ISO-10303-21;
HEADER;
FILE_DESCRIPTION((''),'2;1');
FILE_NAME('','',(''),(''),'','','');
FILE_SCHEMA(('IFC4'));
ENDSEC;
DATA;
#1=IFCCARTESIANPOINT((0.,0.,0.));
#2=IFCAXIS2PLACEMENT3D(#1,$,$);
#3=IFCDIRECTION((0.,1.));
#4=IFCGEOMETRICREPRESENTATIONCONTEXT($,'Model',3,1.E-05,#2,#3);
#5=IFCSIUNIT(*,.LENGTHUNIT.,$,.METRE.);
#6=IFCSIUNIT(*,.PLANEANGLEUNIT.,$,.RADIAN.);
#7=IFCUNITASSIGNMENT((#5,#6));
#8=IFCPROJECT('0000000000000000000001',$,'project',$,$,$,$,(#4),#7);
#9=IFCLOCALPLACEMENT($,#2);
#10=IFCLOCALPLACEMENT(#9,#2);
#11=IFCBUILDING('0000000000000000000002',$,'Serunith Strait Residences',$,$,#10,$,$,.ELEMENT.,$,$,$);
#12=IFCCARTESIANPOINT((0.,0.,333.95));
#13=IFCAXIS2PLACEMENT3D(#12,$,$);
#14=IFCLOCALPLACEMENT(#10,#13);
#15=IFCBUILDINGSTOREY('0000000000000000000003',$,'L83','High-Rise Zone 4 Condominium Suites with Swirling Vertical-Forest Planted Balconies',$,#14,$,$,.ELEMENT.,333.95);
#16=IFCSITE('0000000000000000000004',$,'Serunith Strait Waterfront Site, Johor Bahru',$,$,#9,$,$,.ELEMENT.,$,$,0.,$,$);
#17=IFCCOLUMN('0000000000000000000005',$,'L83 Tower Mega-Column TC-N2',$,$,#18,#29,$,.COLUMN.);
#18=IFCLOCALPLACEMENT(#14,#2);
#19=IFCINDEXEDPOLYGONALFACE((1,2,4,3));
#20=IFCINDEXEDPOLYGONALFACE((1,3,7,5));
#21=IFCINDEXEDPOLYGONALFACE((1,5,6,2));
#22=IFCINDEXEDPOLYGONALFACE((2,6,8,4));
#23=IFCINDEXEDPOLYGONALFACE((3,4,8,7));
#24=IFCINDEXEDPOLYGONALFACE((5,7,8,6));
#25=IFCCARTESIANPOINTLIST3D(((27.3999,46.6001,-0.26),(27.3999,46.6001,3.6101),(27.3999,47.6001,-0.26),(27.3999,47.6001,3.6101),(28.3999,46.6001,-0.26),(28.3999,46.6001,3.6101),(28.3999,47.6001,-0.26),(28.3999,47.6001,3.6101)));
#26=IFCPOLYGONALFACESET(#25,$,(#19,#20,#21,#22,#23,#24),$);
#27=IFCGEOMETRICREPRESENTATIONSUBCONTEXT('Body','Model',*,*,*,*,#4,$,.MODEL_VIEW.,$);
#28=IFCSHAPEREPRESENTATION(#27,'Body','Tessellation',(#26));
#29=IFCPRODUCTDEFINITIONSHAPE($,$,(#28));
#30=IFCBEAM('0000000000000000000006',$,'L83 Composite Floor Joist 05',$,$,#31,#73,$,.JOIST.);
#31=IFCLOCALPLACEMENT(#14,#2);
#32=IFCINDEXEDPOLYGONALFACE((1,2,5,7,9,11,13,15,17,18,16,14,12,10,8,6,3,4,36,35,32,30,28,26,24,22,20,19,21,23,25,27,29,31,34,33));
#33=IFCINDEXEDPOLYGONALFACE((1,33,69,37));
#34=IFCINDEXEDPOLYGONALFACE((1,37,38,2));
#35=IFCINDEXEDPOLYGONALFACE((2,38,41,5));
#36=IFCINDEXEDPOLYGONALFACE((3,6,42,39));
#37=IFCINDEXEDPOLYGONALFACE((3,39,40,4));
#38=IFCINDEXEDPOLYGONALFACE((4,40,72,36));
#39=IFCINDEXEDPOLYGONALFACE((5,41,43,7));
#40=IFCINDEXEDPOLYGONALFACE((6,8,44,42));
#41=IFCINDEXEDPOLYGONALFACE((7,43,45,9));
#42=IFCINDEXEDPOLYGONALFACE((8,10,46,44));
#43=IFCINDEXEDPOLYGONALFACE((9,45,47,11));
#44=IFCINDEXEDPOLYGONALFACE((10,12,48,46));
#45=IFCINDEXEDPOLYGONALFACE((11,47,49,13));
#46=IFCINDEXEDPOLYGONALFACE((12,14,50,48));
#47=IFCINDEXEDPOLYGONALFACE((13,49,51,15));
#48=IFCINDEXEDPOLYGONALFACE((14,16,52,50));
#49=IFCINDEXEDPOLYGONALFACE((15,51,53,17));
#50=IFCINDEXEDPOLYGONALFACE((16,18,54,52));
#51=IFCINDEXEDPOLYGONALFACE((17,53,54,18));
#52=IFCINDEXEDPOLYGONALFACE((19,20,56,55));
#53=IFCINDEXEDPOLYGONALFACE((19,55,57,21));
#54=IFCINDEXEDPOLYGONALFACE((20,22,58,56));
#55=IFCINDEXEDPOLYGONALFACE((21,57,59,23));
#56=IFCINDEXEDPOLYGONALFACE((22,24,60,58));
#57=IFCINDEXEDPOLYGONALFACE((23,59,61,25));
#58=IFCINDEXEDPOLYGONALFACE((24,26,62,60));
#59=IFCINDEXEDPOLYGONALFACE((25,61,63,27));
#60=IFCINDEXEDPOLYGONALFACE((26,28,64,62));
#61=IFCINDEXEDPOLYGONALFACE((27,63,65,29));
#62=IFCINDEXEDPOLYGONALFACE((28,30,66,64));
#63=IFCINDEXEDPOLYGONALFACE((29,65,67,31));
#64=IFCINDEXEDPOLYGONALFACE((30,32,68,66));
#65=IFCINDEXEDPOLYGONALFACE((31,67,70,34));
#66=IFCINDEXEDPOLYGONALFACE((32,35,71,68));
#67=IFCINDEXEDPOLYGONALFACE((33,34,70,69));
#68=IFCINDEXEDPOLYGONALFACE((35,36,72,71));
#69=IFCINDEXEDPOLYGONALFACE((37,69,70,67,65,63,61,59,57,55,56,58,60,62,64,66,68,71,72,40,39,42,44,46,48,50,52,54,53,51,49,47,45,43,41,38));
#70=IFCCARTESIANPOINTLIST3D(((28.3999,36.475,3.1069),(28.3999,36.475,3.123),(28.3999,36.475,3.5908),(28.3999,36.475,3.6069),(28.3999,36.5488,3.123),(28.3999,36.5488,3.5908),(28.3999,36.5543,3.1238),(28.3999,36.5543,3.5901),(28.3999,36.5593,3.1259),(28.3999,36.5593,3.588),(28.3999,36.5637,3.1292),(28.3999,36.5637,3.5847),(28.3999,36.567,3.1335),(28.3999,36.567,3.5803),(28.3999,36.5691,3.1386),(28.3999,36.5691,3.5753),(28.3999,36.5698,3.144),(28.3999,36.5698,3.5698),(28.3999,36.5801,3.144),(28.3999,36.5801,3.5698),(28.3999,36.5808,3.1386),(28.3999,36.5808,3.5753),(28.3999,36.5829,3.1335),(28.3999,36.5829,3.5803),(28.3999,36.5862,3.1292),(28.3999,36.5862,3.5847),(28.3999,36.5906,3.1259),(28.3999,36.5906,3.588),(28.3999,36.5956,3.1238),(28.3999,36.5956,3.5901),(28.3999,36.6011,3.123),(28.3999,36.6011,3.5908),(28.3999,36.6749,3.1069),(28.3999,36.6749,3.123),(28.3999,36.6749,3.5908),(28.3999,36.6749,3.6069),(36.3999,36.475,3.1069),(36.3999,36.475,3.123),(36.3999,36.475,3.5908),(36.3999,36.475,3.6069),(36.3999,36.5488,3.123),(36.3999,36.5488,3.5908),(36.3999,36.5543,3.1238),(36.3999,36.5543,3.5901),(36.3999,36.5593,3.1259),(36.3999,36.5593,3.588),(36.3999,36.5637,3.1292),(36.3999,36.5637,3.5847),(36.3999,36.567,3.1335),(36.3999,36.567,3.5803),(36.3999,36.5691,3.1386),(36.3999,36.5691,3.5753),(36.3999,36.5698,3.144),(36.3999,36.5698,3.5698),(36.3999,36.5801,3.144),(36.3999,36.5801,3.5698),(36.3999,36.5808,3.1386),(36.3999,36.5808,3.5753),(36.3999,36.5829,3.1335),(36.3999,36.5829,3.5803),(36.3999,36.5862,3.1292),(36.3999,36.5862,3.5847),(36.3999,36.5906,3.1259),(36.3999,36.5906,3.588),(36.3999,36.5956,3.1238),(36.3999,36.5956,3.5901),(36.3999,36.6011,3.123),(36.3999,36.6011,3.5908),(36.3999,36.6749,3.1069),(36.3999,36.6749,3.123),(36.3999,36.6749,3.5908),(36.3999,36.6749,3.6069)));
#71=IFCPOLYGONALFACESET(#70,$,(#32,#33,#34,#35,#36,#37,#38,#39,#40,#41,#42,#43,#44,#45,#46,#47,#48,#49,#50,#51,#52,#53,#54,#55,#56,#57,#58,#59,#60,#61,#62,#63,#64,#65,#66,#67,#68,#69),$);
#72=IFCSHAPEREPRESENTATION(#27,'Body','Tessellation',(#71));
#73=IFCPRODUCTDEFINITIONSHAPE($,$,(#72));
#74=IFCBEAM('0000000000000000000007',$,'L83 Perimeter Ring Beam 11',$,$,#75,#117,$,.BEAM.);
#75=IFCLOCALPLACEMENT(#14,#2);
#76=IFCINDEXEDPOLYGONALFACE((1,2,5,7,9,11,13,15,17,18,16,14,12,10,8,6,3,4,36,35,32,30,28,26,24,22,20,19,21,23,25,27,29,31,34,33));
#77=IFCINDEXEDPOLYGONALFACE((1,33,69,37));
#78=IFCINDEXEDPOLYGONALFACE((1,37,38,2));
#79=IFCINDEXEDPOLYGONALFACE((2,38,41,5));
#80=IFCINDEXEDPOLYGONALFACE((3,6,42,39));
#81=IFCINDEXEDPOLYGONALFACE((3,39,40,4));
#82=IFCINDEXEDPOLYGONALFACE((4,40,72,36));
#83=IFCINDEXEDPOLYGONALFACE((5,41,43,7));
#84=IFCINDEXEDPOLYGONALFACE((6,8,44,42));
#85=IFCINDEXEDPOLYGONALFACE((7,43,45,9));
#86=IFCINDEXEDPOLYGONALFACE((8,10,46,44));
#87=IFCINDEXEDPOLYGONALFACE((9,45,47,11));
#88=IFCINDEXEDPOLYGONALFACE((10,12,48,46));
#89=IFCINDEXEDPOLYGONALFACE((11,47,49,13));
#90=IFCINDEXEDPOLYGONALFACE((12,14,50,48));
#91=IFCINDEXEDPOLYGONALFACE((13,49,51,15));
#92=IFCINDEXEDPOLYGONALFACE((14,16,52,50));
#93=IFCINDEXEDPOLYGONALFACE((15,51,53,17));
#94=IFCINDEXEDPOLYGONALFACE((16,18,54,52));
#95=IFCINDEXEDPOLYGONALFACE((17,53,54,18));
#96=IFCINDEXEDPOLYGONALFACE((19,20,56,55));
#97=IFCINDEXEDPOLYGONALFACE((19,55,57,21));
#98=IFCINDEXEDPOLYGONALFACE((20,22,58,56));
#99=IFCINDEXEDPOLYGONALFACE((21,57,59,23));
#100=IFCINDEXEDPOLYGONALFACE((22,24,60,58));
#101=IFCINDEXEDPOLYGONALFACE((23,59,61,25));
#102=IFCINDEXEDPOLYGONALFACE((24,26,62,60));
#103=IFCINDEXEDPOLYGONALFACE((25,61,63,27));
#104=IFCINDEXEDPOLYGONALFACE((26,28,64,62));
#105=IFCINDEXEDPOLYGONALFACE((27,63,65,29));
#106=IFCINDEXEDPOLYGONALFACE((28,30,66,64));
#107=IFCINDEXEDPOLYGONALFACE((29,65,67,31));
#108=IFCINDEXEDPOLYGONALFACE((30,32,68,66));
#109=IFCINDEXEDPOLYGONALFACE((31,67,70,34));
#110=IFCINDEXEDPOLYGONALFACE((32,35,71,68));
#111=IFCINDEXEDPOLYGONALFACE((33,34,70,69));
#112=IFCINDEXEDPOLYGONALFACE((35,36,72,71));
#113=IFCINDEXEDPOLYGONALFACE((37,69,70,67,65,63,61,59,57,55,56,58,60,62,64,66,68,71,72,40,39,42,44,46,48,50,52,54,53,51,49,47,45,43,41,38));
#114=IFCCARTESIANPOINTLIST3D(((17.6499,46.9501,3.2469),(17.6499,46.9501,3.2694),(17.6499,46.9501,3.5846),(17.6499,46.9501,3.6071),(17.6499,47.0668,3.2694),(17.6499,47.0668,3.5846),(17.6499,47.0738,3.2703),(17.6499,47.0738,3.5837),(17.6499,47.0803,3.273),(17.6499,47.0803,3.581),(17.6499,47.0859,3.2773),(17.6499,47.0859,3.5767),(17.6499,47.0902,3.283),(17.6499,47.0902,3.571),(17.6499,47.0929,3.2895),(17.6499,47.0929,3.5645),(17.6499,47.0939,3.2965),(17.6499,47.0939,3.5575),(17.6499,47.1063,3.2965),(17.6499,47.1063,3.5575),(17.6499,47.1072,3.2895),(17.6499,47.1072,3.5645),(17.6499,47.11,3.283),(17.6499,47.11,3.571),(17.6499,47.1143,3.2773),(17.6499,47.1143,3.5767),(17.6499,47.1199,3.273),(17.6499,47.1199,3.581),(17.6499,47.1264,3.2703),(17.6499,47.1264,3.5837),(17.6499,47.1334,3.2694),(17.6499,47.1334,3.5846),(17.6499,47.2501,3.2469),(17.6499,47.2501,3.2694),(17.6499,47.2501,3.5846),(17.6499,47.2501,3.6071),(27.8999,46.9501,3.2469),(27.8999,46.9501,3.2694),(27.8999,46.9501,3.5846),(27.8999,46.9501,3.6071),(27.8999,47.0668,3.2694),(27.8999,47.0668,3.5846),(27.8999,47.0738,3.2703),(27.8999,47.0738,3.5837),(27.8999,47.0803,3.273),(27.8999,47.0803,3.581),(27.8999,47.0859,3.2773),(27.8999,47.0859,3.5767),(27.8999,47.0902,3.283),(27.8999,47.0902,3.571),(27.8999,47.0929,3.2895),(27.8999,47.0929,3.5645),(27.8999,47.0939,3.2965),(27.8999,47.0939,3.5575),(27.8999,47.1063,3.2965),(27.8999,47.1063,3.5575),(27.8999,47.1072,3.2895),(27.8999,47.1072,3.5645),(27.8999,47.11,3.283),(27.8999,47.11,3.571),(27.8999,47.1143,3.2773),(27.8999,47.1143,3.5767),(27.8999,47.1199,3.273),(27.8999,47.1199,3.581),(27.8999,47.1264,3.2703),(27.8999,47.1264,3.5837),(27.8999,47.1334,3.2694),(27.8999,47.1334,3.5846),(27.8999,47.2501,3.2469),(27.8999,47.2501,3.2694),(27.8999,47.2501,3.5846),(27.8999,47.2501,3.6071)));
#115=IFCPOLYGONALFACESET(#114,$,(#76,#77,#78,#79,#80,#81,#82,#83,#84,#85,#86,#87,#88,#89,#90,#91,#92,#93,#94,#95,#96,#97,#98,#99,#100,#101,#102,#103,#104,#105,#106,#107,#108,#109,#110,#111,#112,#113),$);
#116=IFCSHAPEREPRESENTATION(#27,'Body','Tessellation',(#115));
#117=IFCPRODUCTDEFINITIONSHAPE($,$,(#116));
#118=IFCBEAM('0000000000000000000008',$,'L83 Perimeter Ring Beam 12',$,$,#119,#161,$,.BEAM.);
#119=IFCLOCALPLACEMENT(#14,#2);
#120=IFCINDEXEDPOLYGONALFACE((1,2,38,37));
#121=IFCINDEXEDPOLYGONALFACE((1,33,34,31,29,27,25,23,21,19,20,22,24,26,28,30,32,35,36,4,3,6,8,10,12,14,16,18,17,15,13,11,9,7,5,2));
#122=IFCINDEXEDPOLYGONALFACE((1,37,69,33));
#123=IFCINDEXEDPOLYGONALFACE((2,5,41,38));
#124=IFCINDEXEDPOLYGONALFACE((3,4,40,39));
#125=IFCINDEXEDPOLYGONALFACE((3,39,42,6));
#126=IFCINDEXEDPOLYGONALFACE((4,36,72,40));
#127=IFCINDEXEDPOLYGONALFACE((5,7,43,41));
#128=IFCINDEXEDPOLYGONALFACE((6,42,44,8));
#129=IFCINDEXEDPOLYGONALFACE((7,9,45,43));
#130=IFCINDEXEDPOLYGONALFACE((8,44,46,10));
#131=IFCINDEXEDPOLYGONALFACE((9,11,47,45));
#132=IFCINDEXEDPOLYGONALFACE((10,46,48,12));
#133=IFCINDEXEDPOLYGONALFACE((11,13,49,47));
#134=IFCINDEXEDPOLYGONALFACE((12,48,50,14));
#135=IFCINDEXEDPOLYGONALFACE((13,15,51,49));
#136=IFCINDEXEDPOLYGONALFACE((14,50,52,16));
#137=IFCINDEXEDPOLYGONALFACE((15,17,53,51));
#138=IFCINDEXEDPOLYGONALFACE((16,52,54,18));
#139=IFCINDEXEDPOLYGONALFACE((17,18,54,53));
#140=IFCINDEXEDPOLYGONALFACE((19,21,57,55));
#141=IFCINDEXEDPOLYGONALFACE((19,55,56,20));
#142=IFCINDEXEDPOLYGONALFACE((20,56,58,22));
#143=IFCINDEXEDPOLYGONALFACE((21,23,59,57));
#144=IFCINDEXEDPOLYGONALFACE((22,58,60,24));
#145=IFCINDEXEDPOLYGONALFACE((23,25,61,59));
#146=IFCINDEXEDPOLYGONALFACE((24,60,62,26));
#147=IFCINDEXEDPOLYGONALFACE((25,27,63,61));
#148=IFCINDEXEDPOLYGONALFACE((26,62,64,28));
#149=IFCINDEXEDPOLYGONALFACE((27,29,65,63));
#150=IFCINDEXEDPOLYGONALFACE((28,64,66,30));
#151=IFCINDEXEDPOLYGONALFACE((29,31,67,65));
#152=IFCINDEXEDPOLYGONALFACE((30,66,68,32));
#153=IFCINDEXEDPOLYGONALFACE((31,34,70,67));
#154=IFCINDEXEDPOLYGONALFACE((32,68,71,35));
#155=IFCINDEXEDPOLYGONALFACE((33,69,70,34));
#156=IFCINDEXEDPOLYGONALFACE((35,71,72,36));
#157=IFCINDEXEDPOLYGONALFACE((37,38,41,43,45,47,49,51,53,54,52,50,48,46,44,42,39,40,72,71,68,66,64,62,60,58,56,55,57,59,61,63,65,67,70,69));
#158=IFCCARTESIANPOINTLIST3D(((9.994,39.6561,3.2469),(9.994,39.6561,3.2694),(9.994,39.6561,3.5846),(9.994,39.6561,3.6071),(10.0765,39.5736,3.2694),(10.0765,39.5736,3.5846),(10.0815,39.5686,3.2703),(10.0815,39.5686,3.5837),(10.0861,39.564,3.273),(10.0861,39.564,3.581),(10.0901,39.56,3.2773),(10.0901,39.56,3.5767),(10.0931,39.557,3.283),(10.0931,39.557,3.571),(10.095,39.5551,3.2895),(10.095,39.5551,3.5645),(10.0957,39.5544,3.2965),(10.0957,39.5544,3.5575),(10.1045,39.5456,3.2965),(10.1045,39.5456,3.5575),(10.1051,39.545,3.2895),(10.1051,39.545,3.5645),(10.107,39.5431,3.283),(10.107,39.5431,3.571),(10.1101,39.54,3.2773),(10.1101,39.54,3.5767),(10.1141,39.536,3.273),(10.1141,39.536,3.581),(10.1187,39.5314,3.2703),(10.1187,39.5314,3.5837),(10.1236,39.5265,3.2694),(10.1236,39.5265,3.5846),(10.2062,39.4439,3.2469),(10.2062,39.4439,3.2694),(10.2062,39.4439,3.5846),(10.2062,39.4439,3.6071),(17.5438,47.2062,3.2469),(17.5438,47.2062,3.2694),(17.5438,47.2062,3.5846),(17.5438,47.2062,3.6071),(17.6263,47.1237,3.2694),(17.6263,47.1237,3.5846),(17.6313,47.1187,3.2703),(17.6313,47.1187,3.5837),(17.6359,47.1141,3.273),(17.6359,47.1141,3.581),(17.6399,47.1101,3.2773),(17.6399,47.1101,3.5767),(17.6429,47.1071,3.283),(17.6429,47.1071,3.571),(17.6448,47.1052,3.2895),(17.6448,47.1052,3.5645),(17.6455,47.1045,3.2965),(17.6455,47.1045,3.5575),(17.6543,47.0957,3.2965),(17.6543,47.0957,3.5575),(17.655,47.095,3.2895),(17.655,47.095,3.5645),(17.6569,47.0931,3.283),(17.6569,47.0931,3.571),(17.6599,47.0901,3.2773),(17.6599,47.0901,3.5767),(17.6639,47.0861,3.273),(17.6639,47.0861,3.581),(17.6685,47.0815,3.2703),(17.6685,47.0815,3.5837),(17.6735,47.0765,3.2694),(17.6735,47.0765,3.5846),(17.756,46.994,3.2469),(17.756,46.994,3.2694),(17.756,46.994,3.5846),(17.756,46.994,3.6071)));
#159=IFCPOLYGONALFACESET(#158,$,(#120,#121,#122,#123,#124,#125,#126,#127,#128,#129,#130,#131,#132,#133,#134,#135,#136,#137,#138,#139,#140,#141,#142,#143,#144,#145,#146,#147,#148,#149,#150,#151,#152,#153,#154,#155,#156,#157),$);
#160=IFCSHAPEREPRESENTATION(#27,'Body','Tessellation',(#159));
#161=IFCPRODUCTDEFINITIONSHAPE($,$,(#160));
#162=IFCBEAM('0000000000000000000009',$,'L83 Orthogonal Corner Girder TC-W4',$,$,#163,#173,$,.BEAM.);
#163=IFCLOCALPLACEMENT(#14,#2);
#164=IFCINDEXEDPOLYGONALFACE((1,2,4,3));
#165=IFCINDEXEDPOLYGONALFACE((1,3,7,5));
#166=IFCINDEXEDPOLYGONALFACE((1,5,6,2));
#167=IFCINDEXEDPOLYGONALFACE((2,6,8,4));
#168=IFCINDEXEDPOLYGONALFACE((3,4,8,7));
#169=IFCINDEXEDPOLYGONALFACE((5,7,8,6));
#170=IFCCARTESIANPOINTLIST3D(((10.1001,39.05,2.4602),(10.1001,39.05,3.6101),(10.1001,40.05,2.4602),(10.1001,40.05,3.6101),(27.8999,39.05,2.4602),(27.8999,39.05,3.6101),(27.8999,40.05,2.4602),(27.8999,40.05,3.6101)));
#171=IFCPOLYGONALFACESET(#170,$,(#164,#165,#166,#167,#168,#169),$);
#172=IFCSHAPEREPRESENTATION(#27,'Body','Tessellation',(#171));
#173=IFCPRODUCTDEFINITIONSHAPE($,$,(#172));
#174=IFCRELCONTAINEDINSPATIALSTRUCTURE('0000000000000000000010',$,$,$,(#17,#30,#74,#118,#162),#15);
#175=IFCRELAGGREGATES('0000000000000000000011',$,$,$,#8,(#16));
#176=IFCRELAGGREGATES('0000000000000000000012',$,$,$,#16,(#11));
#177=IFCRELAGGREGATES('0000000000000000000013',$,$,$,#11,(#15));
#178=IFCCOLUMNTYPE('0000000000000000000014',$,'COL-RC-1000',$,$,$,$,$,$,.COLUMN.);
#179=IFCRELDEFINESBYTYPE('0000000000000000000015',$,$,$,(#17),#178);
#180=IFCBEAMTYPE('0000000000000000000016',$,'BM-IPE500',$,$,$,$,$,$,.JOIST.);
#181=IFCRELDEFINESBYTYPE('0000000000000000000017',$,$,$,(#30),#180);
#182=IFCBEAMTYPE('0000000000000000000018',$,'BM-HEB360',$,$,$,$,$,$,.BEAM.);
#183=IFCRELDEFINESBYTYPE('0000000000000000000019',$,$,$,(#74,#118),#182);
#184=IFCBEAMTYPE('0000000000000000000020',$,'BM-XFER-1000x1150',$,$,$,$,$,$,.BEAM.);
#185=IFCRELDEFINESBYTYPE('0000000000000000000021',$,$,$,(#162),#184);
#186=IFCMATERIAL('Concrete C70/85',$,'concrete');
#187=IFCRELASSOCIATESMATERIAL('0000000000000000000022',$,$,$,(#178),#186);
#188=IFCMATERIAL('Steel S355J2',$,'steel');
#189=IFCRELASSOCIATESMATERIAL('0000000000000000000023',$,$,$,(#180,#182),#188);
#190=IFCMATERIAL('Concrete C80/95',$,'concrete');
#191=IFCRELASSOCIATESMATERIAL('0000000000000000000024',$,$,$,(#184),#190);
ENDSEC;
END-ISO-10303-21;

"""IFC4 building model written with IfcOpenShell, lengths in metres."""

from ifc_helpers import new_model, si_unit, direction, frame, origin, origin_2d, place, context, subcontext, project, spatial, rectangle, i_section, extrude, source, transform, mapped, material, material_profile, profile_set, type_object, element, save


model = new_model("IFC4")

# Units and contexts
model_context = context("Model", 3, precision=1e-05, world=origin(), true_north=direction((0.0, 1.0)))
body_context = subcontext(model_context, "Body", "Model", "MODEL_VIEW")
ifc_project = project(units=[si_unit("LENGTHUNIT", "METRE"), si_unit("PLANEANGLEUNIT", "RADIAN")], contexts=[model_context])

# Site, building, storey
site_placement = place(None, origin())
site = spatial("IfcSite", under=ifc_project, at=site_placement, Name="Serunith Strait Waterfront Site, Johor Bahru", CompositionType="ELEMENT", RefElevation=0.0)
building_placement = place(site_placement, origin())
building = spatial("IfcBuilding", under=site, at=building_placement, Name="Serunith Strait Residences", CompositionType="ELEMENT")
storey_placement = place(building_placement, frame((0.0, 0.0, 333.95)))
storey = spatial("IfcBuildingStorey", under=building, at=storey_placement, Name="L83", Description="High-Rise Zone 4 Condominium Suites with Swirling Vertical-Forest Planted Balconies", CompositionType="ELEMENT", Elevation=333.95)

# Column
ifc_material_1 = material(Name="Concrete C70/85", Category="concrete")
ifc_material_profile_1 = material_profile(ifc_material_1, rectangle(XDim=1.0, YDim=1.0, at=origin_2d()), Name="RC 1000x1000")
ifc_profile_set_1 = profile_set([ifc_material_profile_1], Name="Concrete C70/85")
column_type = type_object("IfcColumnType", Name="COL-RC-1000", PredefinedType="COLUMN", material=ifc_profile_set_1)
shared_shape_1 = source(origin(), body_context, "Body", "SweptSolid", [
    extrude(rectangle(XDim=1.0, YDim=1.0, at=origin_2d()), origin(), (0.0, 0.0, 1.0), 3.8701),
])
column_placement = place(storey_placement, frame((27.8999, 47.1001, -0.26), z_axis=(0.0, 0.0, 1.0), x_axis=(1.0, 0.0, 0.0)))
element("IfcColumn", 1, at=column_placement, inside=storey, type_object=column_type, Name="L83 Tower Mega-Column TC-N2", PredefinedType="COLUMN", context=body_context, shape_type="MappedRepresentation", body=[
    mapped(shared_shape_1, transform((0.0, 0.0, 0.0), scale=1.0)),
])

# Beams
ifc_material_2 = material(Name="Steel S355J2", Category="steel")
ifc_material_profile_2 = material_profile(ifc_material_2, i_section(OverallWidth=0.2, OverallDepth=0.5, WebThickness=0.0103, FlangeThickness=0.0161, FilletRadius=0.021, at=origin_2d()), Name="IPE 500")
ifc_profile_set_2 = profile_set([ifc_material_profile_2], Name="Steel S355J2")
beam_type_1 = type_object("IfcBeamType", Name="BM-IPE500", PredefinedType="JOIST", material=ifc_profile_set_2)
shared_shape_2 = source(origin(), body_context, "Body", "SweptSolid", [
    extrude(i_section(OverallWidth=0.2, OverallDepth=0.5, WebThickness=0.0103, FlangeThickness=0.0161, FilletRadius=0.021, at=origin_2d()), origin(), (0.0, 0.0, 1.0), 8.0),
])
beam_1_placement = place(storey_placement, frame((28.3999, 36.575, 3.3569), z_axis=(1.0, 0.0, 0.0), x_axis=(0.0, 1.0, 0.0)))
element("IfcBeam", 2, at=beam_1_placement, inside=storey, type_object=beam_type_1, Name="L83 Composite Floor Joist 05", PredefinedType="JOIST", context=body_context, shape_type="MappedRepresentation", body=[
    mapped(shared_shape_2, transform((0.0, 0.0, 0.0), scale=1.0)),
])
ifc_material_profile_3 = material_profile(ifc_material_2, i_section(OverallWidth=0.3, OverallDepth=0.3601, WebThickness=0.0125, FlangeThickness=0.0225, FilletRadius=0.0271, at=origin_2d()), Name="HEB 360")
ifc_profile_set_3 = profile_set([ifc_material_profile_3], Name="Steel S355J2")
beam_type_2 = type_object("IfcBeamType", Name="BM-HEB360", PredefinedType="BEAM", material=ifc_profile_set_3)
shared_shape_3 = source(origin(), body_context, "Body", "SweptSolid", [
    extrude(i_section(OverallWidth=0.3, OverallDepth=0.3601, WebThickness=0.0125, FlangeThickness=0.0225, FilletRadius=0.0271, at=origin_2d()), origin(), (0.0, 0.0, 1.0), 10.25),
])
beam_2_placement = place(storey_placement, frame((27.8999, 47.1001, 3.427), z_axis=(-1.0, 0.0, 0.0), x_axis=(0.0, -1.0, 0.0)))
element("IfcBeam", 3, at=beam_2_placement, inside=storey, type_object=beam_type_2, Name="L83 Perimeter Ring Beam 11", PredefinedType="BEAM", context=body_context, shape_type="MappedRepresentation", body=[
    mapped(shared_shape_3, transform((0.0, 0.0, 0.0), scale=1.0)),
])
shared_shape_4 = source(origin(), body_context, "Body", "SweptSolid", [
    extrude(i_section(OverallWidth=0.3, OverallDepth=0.3601, WebThickness=0.0125, FlangeThickness=0.0225, FilletRadius=0.0271, at=origin_2d()), origin(), (0.0, 0.0, 1.0), 10.6772),
])
beam_3_placement = place(storey_placement, frame((17.6499, 47.1001, 3.427), z_axis=(-0.707095, -0.707118, 0.0), x_axis=(0.707118, -0.707095, 0.0)))
element("IfcBeam", 4, at=beam_3_placement, inside=storey, type_object=beam_type_2, Name="L83 Perimeter Ring Beam 12", PredefinedType="BEAM", context=body_context, shape_type="MappedRepresentation", body=[
    mapped(shared_shape_4, transform((0.0, 0.0, 0.0), scale=1.0)),
])
ifc_material_3 = material(Name="Concrete C80/95", Category="concrete")
ifc_material_profile_4 = material_profile(ifc_material_3, rectangle(XDim=1.0, YDim=1.1499, at=origin_2d()), Name="RC 1000x1150")
ifc_profile_set_4 = profile_set([ifc_material_profile_4], Name="Concrete C80/95")
beam_type_3 = type_object("IfcBeamType", Name="BM-XFER-1000x1150", PredefinedType="BEAM", material=ifc_profile_set_4)
shared_shape_5 = source(origin(), body_context, "Body", "SweptSolid", [
    extrude(rectangle(XDim=1.0, YDim=1.1499, at=origin_2d()), origin(), (0.0, 0.0, 1.0), 17.7998),
])
beam_4_placement = place(storey_placement, frame((27.8999, 39.55, 3.0352), z_axis=(-1.0, 0.0, 0.0), x_axis=(0.0, -1.0, 0.0)))
element("IfcBeam", 5, at=beam_4_placement, inside=storey, type_object=beam_type_3, Name="L83 Orthogonal Corner Girder TC-W4", PredefinedType="BEAM", context=body_context, shape_type="MappedRepresentation", body=[
    mapped(shared_shape_5, transform((0.0, 0.0, 0.0), scale=1.0)),
])

save(model, "model.ifc")
